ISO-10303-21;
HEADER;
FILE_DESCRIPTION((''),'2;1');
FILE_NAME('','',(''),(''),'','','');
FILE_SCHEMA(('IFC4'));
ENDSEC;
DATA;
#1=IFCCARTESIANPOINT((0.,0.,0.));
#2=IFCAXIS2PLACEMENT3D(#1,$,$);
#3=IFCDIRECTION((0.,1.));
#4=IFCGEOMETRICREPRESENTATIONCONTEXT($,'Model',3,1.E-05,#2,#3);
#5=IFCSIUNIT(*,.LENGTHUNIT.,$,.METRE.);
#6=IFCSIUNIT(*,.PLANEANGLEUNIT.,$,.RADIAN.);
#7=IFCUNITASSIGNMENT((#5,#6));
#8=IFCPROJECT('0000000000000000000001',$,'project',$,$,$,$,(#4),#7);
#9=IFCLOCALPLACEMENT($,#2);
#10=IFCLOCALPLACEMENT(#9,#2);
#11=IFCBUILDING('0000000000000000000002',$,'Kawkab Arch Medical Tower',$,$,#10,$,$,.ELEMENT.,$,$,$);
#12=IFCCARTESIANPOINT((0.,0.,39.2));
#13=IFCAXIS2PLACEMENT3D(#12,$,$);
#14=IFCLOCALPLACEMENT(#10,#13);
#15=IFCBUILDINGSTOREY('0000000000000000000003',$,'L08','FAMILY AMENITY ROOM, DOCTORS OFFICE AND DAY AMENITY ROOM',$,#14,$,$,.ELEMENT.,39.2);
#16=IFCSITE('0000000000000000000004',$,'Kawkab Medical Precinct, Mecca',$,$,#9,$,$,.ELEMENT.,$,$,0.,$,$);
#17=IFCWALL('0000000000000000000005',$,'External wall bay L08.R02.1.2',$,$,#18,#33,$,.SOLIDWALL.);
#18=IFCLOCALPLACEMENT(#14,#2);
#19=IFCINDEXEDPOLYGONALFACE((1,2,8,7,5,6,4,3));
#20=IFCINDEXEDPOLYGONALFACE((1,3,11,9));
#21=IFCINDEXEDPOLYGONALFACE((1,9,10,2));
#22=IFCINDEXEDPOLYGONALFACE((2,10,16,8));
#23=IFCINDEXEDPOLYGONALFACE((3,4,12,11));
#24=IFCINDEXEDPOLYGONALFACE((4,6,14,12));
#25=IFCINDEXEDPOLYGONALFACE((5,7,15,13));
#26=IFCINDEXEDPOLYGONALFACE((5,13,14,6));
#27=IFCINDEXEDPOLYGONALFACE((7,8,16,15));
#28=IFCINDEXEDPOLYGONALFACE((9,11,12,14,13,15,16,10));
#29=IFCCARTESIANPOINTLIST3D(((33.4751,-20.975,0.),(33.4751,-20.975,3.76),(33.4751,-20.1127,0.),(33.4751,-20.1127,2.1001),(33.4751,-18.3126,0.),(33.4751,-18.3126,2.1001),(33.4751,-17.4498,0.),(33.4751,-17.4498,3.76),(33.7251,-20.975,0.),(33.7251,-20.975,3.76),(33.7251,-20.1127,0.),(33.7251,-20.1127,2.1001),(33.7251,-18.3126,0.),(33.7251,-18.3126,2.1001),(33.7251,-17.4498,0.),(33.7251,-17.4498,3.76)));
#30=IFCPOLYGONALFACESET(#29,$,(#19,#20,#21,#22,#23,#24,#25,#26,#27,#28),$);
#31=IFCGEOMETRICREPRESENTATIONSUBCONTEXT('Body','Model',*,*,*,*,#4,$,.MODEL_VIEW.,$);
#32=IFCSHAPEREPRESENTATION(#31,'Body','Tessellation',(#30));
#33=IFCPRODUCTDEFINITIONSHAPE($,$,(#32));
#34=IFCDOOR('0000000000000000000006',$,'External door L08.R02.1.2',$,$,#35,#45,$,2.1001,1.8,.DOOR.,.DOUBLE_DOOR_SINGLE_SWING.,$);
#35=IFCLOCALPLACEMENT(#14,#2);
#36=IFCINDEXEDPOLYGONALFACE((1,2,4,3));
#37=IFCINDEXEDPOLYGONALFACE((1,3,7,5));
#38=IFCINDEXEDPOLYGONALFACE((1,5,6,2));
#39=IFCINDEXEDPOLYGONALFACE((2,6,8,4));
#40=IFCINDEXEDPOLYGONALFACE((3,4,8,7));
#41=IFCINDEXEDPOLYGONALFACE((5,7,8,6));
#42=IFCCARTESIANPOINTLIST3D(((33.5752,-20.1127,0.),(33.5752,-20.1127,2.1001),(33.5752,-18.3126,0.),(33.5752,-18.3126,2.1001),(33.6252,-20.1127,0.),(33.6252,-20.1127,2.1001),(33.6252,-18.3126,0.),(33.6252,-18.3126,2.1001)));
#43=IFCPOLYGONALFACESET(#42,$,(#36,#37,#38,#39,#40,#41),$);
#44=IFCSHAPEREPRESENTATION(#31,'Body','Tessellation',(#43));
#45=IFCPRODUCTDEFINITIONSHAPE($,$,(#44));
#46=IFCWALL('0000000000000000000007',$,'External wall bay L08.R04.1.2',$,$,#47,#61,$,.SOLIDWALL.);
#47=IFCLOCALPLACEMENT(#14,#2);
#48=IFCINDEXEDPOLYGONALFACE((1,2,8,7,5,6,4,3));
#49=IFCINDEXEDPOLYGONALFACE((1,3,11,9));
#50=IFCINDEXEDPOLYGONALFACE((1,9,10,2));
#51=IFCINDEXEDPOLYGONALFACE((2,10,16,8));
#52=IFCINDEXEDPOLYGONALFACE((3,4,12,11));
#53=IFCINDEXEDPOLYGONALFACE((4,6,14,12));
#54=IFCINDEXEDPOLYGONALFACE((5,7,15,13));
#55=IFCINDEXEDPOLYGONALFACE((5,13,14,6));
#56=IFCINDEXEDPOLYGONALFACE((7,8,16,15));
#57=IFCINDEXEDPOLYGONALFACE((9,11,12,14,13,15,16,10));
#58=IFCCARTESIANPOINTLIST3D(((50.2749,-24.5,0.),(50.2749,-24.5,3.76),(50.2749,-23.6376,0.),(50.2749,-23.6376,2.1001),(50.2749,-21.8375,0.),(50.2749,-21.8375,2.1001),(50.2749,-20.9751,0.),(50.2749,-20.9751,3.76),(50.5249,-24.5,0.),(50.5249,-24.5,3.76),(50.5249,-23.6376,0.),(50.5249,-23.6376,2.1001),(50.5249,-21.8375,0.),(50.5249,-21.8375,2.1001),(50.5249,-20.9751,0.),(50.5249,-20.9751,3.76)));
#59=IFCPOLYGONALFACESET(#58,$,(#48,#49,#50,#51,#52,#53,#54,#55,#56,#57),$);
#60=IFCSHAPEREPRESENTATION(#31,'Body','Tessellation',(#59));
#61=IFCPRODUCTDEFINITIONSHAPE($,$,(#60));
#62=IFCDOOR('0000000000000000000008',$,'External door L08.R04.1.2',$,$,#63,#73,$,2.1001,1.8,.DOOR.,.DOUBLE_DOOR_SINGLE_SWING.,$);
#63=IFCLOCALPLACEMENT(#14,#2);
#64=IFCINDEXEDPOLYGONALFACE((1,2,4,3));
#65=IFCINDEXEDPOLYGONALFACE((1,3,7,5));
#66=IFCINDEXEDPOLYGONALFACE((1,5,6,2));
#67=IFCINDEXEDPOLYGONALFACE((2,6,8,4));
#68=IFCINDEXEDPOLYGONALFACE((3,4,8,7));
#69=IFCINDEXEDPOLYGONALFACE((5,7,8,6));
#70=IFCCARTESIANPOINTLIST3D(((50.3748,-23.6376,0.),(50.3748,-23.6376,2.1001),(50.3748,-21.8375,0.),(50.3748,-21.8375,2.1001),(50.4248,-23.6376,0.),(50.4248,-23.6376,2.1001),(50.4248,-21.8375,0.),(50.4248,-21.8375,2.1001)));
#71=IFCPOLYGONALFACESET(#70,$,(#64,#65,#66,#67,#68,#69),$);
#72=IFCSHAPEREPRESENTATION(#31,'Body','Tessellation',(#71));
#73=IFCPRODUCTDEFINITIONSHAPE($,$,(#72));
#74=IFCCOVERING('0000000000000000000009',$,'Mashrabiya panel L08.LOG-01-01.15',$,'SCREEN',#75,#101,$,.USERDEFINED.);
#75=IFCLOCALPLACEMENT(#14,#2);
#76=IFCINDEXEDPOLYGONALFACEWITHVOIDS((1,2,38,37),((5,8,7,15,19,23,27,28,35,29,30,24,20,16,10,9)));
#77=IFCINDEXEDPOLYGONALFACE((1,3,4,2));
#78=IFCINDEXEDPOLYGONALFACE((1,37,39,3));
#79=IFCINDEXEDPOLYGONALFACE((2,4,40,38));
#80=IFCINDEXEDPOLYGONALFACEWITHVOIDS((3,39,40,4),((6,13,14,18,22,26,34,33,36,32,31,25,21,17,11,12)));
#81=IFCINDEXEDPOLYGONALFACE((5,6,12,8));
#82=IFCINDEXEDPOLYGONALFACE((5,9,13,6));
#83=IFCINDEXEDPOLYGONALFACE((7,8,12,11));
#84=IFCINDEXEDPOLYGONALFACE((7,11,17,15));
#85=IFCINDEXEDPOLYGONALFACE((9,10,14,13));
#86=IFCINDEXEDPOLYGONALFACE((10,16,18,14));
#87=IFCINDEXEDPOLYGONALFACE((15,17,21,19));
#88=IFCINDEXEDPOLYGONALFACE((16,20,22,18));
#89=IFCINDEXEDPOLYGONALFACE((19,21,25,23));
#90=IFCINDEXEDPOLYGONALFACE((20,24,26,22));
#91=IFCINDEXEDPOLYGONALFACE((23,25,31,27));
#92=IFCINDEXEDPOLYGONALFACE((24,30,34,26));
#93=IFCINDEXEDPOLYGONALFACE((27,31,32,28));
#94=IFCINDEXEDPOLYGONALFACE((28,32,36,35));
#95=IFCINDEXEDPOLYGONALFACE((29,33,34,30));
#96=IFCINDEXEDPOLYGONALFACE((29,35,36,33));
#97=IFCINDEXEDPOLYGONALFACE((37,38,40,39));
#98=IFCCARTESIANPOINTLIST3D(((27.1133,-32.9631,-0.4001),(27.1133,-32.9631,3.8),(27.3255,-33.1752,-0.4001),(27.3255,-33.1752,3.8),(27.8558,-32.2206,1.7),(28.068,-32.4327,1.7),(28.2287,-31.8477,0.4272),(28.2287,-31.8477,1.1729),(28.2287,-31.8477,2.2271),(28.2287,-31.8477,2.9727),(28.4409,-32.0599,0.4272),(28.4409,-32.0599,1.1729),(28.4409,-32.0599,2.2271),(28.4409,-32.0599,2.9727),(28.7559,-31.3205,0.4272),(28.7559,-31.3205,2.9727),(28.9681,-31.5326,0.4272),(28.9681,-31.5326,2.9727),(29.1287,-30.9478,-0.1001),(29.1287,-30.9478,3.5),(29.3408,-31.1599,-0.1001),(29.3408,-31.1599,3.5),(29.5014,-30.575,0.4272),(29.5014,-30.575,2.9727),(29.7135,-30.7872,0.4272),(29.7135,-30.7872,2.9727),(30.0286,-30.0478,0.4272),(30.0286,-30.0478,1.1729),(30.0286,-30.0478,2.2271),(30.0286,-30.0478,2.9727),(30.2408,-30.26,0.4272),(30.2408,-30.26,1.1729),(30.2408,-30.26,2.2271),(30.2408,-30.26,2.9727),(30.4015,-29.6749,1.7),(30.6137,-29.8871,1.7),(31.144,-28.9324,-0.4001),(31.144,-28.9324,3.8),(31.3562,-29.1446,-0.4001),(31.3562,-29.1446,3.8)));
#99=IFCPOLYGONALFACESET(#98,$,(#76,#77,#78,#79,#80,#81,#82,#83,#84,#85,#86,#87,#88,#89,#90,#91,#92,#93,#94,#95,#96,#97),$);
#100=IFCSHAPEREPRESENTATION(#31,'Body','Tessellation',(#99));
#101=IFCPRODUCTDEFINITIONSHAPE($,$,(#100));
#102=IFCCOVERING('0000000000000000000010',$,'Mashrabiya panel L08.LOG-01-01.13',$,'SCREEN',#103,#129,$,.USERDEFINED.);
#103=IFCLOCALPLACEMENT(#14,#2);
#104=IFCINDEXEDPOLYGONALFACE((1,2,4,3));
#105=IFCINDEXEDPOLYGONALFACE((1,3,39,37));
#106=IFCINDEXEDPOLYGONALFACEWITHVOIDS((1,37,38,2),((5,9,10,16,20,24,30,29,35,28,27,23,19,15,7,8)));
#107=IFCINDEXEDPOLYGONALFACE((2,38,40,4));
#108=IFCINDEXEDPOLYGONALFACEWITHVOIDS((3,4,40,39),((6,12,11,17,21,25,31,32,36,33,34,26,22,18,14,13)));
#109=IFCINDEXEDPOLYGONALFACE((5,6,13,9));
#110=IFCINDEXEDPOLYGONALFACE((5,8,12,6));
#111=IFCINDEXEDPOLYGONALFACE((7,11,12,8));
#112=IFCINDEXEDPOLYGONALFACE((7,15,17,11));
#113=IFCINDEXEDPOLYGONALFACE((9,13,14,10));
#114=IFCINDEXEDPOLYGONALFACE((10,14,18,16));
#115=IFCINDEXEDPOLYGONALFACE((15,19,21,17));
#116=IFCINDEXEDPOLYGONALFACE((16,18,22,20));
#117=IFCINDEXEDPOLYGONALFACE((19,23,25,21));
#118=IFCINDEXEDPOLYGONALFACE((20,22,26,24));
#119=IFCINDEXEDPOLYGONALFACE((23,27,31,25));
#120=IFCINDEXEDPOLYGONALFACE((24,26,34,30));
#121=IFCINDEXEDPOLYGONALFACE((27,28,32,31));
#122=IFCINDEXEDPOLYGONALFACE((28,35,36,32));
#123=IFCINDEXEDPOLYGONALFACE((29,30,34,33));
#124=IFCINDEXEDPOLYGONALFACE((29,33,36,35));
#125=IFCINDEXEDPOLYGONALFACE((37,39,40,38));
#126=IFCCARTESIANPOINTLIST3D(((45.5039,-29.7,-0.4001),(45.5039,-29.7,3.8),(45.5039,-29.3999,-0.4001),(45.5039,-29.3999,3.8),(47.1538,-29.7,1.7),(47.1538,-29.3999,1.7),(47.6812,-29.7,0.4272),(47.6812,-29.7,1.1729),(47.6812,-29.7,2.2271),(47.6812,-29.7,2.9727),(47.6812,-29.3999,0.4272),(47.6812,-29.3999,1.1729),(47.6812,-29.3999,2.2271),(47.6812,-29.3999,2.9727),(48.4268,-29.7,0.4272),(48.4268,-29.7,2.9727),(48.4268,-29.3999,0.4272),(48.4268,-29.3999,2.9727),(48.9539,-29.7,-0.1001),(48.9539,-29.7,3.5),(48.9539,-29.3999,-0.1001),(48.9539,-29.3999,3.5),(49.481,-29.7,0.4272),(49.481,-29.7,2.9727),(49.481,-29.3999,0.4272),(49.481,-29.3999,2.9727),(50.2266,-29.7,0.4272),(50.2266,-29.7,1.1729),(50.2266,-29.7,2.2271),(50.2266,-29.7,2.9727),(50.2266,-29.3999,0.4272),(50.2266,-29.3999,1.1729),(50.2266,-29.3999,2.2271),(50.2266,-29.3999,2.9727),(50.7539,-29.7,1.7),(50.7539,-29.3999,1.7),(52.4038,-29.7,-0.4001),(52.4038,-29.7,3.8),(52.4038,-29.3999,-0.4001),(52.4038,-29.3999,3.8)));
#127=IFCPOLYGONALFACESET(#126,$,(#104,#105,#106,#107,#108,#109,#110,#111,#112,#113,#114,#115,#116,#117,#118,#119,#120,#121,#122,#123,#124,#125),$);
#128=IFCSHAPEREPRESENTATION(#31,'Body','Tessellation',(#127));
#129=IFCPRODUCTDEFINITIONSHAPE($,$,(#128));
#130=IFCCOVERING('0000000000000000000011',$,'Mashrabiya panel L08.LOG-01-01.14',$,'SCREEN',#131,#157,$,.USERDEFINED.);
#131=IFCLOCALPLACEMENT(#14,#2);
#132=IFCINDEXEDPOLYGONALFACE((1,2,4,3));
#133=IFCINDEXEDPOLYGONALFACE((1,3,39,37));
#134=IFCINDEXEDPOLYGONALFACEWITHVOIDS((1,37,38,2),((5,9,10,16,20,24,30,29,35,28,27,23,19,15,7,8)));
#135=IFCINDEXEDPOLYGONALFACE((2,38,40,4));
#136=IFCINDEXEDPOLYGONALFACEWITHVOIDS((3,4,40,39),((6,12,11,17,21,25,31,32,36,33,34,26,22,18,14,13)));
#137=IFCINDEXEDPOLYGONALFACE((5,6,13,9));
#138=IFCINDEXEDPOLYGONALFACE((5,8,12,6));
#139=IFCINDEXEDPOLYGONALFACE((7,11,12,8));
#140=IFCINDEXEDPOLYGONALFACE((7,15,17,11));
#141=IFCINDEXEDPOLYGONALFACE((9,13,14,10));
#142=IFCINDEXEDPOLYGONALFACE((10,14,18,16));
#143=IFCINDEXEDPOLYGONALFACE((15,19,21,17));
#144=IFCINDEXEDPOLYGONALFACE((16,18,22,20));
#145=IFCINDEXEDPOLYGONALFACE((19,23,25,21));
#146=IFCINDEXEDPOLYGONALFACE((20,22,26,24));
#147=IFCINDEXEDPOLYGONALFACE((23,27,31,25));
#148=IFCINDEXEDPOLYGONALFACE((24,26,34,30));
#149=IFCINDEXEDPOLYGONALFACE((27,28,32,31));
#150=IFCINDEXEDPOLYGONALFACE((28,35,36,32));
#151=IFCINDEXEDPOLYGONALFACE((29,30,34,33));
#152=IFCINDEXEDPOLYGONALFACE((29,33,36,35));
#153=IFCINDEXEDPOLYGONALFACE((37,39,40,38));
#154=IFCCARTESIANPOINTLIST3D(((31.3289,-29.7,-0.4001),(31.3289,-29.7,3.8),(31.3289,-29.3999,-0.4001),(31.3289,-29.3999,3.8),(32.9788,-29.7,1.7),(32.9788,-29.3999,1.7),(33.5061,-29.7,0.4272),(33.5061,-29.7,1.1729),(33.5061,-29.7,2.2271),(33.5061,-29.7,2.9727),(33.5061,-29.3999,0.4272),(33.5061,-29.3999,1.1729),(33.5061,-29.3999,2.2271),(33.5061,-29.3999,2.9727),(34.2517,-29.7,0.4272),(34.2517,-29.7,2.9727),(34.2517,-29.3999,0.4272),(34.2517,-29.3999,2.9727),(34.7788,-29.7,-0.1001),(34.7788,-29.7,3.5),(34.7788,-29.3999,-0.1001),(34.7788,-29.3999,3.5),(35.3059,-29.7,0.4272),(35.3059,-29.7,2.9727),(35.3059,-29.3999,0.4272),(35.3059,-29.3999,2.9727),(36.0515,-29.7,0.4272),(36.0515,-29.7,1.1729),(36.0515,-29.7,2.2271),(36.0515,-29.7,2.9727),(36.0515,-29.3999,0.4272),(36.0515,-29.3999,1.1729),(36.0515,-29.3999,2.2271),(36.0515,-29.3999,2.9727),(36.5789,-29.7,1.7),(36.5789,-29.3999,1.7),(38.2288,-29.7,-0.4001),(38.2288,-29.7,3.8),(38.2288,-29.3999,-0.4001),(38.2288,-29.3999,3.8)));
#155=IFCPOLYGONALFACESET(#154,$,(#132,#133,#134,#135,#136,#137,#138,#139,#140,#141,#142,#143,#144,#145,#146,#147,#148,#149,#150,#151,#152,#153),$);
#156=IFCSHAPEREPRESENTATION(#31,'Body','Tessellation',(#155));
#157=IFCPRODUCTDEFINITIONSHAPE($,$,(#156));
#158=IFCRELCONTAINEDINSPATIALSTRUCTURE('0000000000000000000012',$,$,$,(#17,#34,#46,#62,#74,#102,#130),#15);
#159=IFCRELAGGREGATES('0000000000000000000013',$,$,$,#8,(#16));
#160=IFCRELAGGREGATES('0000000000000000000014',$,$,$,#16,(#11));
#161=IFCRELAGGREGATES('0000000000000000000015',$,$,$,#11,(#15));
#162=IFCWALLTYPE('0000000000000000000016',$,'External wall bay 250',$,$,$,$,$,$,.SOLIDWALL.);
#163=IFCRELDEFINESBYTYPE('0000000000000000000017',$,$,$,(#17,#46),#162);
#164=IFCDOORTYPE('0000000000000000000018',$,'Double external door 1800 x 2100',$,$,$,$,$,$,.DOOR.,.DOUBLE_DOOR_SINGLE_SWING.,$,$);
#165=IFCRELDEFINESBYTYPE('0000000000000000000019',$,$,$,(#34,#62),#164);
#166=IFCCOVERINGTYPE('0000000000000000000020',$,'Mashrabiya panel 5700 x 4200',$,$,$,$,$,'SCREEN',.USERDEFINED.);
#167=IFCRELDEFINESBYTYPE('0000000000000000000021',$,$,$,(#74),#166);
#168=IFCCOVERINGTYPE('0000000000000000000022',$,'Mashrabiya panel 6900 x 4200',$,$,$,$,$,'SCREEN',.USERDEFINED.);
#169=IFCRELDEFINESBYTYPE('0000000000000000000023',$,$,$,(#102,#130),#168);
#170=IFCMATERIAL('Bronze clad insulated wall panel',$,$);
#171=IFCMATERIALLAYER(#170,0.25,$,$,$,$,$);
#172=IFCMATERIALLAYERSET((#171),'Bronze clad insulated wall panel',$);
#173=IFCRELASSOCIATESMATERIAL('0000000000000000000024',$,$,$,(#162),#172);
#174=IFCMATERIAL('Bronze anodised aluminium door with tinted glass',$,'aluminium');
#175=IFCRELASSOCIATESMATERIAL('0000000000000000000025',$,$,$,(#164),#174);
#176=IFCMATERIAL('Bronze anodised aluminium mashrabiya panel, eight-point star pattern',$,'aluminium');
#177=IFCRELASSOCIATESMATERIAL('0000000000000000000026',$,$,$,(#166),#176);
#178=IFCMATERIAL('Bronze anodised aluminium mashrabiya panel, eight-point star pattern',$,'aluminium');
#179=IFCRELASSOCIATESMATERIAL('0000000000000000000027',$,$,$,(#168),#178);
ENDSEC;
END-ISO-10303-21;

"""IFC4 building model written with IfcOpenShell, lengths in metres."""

from ifc_helpers import new_model, si_unit, direction, frame, frame_2d, origin, place, context, subcontext, project, spatial, polyline, rectangle, outline, extrude, material, layer, layer_set, material_profile, profile_set, type_object, element, fill, save


model = new_model("IFC4")

# Units and contexts
model_context = context("Model", 3, precision=1e-05, world=origin(), true_north=direction((0.0, 1.0)))
body_context = subcontext(model_context, "Body", "Model", "MODEL_VIEW")
ifc_project = project(units=[si_unit("LENGTHUNIT", "METRE"), si_unit("PLANEANGLEUNIT", "RADIAN")], contexts=[model_context])

# Site, building, storey
site_placement = place(None, origin())
site = spatial("IfcSite", under=ifc_project, at=site_placement, Name="Kawkab Medical Precinct, Mecca", CompositionType="ELEMENT", RefElevation=0.0)
building_placement = place(site_placement, origin())
building = spatial("IfcBuilding", under=site, at=building_placement, Name="Kawkab Arch Medical Tower", CompositionType="ELEMENT")
storey_placement = place(building_placement, frame((0.0, 0.0, 39.2)))
storey = spatial("IfcBuildingStorey", under=building, at=storey_placement, Name="L08", Description="FAMILY AMENITY ROOM, DOCTORS OFFICE AND DAY AMENITY ROOM", CompositionType="ELEMENT", Elevation=39.2)

# Walls, openings, doors
ifc_material_1 = material(Name="Bronze clad insulated wall panel")
ifc_layer_1 = layer(ifc_material_1, 0.25)
ifc_layer_set_1 = layer_set([ifc_layer_1], Name="Bronze clad insulated wall panel")
wall_type = type_object("IfcWallType", Name="External wall bay 250", PredefinedType="SOLIDWALL", material=ifc_layer_set_1)
wall_1_placement = place(storey_placement, frame((33.6001, -20.9751, 0.0), z_axis=(0.0, 0.0, 1.0), x_axis=(0.0, 1.0, 0.0)))
wall_1 = element("IfcWall", 1, at=wall_1_placement, inside=storey, type_object=wall_type, Name="External wall bay L08.R02.1.2", PredefinedType="SOLIDWALL", context=body_context, shape_type="SweptSolid", body=[
    extrude(rectangle(XDim=3.5251, YDim=0.25, at=frame_2d((1.7627, 0.0))), origin(), (0.0, 0.0, 1.0), 3.76),
])
opening_1_placement = place(wall_1_placement, frame((0.8625, 0.0, 0.0)))
opening_1 = element("IfcOpeningElement", 2, at=opening_1_placement, cuts=wall_1, PredefinedType="OPENING", context=body_context, shape_type="SweptSolid", body=[
    extrude(rectangle(XDim=1.8, YDim=2.1001, at=frame_2d((0.8999, 1.05))), frame((0.0, 0.135, 0.0), z_axis=(0.0, -1.0, 0.0), x_axis=(1.0, 0.0, 0.0)), (0.0, 0.0, 1.0), 0.27),
])
ifc_material_2 = material(Name="Bronze anodised aluminium door with tinted glass", Category="aluminium")
door_type = type_object("IfcDoorType", Name="Double external door 1800 x 2100", OperationType="DOUBLE_DOOR_SINGLE_SWING", PredefinedType="DOOR", material=ifc_material_2)
door_1_placement = place(opening_1_placement, origin())
door_1 = element("IfcDoor", 3, at=door_1_placement, inside=storey, type_object=door_type, Name="External door L08.R02.1.2", OperationType="DOUBLE_DOOR_SINGLE_SWING", OverallHeight=2.1001, OverallWidth=1.8, PredefinedType="DOOR", context=body_context, shape_type="SweptSolid", body=[
    extrude(rectangle(XDim=1.8, YDim=2.1001, at=frame_2d((0.8999, 1.05))), frame((0.0, 0.0249, 0.0), z_axis=(0.0, -1.0, 0.0), x_axis=(1.0, 0.0, 0.0)), (0.0, 0.0, 1.0), 0.05),
])
fill(opening_1, door_1)
wall_2_placement = place(storey_placement, frame((50.3999, -20.9751, 0.0), z_axis=(0.0, 0.0, 1.0), x_axis=(0.0, -1.0, 0.0)))
wall_2 = element("IfcWall", 4, at=wall_2_placement, inside=storey, type_object=wall_type, Name="External wall bay L08.R04.1.2", PredefinedType="SOLIDWALL", context=body_context, shape_type="SweptSolid", body=[
    extrude(rectangle(XDim=3.5249, YDim=0.25, at=frame_2d((1.7625, 0.0))), origin(), (0.0, 0.0, 1.0), 3.76),
])
opening_2_placement = place(wall_2_placement, frame((0.8625, 0.0, 0.0)))
opening_2 = element("IfcOpeningElement", 5, at=opening_2_placement, cuts=wall_2, PredefinedType="OPENING", context=body_context, shape_type="SweptSolid", body=[
    extrude(rectangle(XDim=1.8, YDim=2.1001, at=frame_2d((0.8999, 1.05))), frame((0.0, 0.135, 0.0), z_axis=(0.0, -1.0, 0.0), x_axis=(1.0, 0.0, 0.0)), (0.0, 0.0, 1.0), 0.27),
])
door_2_placement = place(opening_2_placement, origin())
door_2 = element("IfcDoor", 6, at=door_2_placement, inside=storey, type_object=door_type, Name="External door L08.R04.1.2", OperationType="DOUBLE_DOOR_SINGLE_SWING", OverallHeight=2.1001, OverallWidth=1.8, PredefinedType="DOOR", context=body_context, shape_type="SweptSolid", body=[
    extrude(rectangle(XDim=1.8, YDim=2.1001, at=frame_2d((0.8999, 1.05))), frame((0.0, 0.0249, 0.0), z_axis=(0.0, -1.0, 0.0), x_axis=(1.0, 0.0, 0.0)), (0.0, 0.0, 1.0), 0.05),
])
fill(opening_2, door_2)

# Coverings
ifc_material_3 = material(Name="Bronze anodised aluminium mashrabiya panel, eight-point star pattern", Category="aluminium")
ifc_material_profile_1 = material_profile(ifc_material_3, outline(polyline([(-2.8501, -2.1001), (2.8501, -2.1001), (2.8501, 2.1001), (-2.8501, 2.1001), (-2.8501, -2.1001)]), holes=[polyline([(1.8, 0.0), (1.2727, 0.5271), (1.2727, 1.2727), (0.5271, 1.2727), (0.0, 1.8), (-0.5271, 1.2727), (-1.2727, 1.2727), (-1.2727, 0.5271), (-1.8, 0.0), (-1.2727, -0.5271), (-1.2727, -1.2727), (-0.5271, -1.2727), (0.0, -1.8), (0.5271, -1.2727), (1.2727, -1.2727), (1.2727, -0.5271), (1.8, 0.0)])]), Name="Mashrabiya panel 5700x4200")
ifc_profile_set_1 = profile_set([ifc_material_profile_1], Name="Bronze anodised aluminium mashrabiya panel, eight-point star pattern")
covering_type_1 = type_object("IfcCoveringType", Name="Mashrabiya panel 5700 x 4200", ElementType="SCREEN", PredefinedType="USERDEFINED", material=ifc_profile_set_1)
covering_1_placement = place(storey_placement, frame((29.1287, -30.9478, 1.7), z_axis=(0.707107, -0.707107, 0.0), x_axis=(0.707107, 0.707107, 0.0)))
element("IfcCovering", 7, at=covering_1_placement, inside=storey, type_object=covering_type_1, Name="Mashrabiya panel L08.LOG-01-01.15", ObjectType="SCREEN", PredefinedType="USERDEFINED", context=body_context, shape_type="SweptSolid", body=[
    extrude(outline(polyline([(-2.8501, -2.1001), (2.8501, -2.1001), (2.8501, 2.1001), (-2.8501, 2.1001), (-2.8501, -2.1001)]), holes=[polyline([(1.8, 0.0), (1.2727, 0.5271), (1.2727, 1.2727), (0.5271, 1.2727), (0.0, 1.8), (-0.5271, 1.2727), (-1.2727, 1.2727), (-1.2727, 0.5271), (-1.8, 0.0), (-1.2727, -0.5271), (-1.2727, -1.2727), (-0.5271, -1.2727), (0.0, -1.8), (0.5271, -1.2727), (1.2727, -1.2727), (1.2727, -0.5271), (1.8, 0.0)])]), origin(), (0.0, 0.0, 1.0), 0.3),
])
ifc_material_4 = material(Name="Bronze anodised aluminium mashrabiya panel, eight-point star pattern", Category="aluminium")
ifc_material_profile_2 = material_profile(ifc_material_4, outline(polyline([(-3.45, -2.1001), (3.45, -2.1001), (3.45, 2.1001), (-3.45, 2.1001), (-3.45, -2.1001)]), holes=[polyline([(1.8, 0.0), (1.2727, 0.5271), (1.2727, 1.2727), (0.5271, 1.2727), (0.0, 1.8), (-0.5271, 1.2727), (-1.2727, 1.2727), (-1.2727, 0.5271), (-1.8, 0.0), (-1.2727, -0.5271), (-1.2727, -1.2727), (-0.5271, -1.2727), (0.0, -1.8), (0.5271, -1.2727), (1.2727, -1.2727), (1.2727, -0.5271), (1.8, 0.0)])]), Name="Mashrabiya panel 6900x4200")
ifc_profile_set_2 = profile_set([ifc_material_profile_2], Name="Bronze anodised aluminium mashrabiya panel, eight-point star pattern")
covering_type_2 = type_object("IfcCoveringType", Name="Mashrabiya panel 6900 x 4200", ElementType="SCREEN", PredefinedType="USERDEFINED", material=ifc_profile_set_2)
for number, where, z_axis, x_axis, name in (
    (8, (48.9539, -29.3999, 1.7), (0.0, -1.0, 0.0), (1.0, 0.0, 0.0), "Mashrabiya panel L08.LOG-01-01.13"),
    (9, (34.7788, -29.3999, 1.7), (0.0, -1.0, 0.0), (1.0, 0.0, 0.0), "Mashrabiya panel L08.LOG-01-01.14"),
):
    element("IfcCovering", number, at=place(storey_placement, frame(where, z_axis=z_axis, x_axis=x_axis)), inside=storey, type_object=covering_type_2, Name=name, ObjectType="SCREEN", PredefinedType="USERDEFINED", context=body_context, shape_type="SweptSolid", body=[
        extrude(outline(polyline([(-3.45, -2.1001), (3.45, -2.1001), (3.45, 2.1001), (-3.45, 2.1001), (-3.45, -2.1001)]), holes=[polyline([(1.8, 0.0), (1.2727, 0.5271), (1.2727, 1.2727), (0.5271, 1.2727), (0.0, 1.8), (-0.5271, 1.2727), (-1.2727, 1.2727), (-1.2727, 0.5271), (-1.8, 0.0), (-1.2727, -0.5271), (-1.2727, -1.2727), (-0.5271, -1.2727), (0.0, -1.8), (0.5271, -1.2727), (1.2727, -1.2727), (1.2727, -0.5271), (1.8, 0.0)])]), origin(), (0.0, 0.0, 1.0), 0.3),
    ])

save(model, "model.ifc")
